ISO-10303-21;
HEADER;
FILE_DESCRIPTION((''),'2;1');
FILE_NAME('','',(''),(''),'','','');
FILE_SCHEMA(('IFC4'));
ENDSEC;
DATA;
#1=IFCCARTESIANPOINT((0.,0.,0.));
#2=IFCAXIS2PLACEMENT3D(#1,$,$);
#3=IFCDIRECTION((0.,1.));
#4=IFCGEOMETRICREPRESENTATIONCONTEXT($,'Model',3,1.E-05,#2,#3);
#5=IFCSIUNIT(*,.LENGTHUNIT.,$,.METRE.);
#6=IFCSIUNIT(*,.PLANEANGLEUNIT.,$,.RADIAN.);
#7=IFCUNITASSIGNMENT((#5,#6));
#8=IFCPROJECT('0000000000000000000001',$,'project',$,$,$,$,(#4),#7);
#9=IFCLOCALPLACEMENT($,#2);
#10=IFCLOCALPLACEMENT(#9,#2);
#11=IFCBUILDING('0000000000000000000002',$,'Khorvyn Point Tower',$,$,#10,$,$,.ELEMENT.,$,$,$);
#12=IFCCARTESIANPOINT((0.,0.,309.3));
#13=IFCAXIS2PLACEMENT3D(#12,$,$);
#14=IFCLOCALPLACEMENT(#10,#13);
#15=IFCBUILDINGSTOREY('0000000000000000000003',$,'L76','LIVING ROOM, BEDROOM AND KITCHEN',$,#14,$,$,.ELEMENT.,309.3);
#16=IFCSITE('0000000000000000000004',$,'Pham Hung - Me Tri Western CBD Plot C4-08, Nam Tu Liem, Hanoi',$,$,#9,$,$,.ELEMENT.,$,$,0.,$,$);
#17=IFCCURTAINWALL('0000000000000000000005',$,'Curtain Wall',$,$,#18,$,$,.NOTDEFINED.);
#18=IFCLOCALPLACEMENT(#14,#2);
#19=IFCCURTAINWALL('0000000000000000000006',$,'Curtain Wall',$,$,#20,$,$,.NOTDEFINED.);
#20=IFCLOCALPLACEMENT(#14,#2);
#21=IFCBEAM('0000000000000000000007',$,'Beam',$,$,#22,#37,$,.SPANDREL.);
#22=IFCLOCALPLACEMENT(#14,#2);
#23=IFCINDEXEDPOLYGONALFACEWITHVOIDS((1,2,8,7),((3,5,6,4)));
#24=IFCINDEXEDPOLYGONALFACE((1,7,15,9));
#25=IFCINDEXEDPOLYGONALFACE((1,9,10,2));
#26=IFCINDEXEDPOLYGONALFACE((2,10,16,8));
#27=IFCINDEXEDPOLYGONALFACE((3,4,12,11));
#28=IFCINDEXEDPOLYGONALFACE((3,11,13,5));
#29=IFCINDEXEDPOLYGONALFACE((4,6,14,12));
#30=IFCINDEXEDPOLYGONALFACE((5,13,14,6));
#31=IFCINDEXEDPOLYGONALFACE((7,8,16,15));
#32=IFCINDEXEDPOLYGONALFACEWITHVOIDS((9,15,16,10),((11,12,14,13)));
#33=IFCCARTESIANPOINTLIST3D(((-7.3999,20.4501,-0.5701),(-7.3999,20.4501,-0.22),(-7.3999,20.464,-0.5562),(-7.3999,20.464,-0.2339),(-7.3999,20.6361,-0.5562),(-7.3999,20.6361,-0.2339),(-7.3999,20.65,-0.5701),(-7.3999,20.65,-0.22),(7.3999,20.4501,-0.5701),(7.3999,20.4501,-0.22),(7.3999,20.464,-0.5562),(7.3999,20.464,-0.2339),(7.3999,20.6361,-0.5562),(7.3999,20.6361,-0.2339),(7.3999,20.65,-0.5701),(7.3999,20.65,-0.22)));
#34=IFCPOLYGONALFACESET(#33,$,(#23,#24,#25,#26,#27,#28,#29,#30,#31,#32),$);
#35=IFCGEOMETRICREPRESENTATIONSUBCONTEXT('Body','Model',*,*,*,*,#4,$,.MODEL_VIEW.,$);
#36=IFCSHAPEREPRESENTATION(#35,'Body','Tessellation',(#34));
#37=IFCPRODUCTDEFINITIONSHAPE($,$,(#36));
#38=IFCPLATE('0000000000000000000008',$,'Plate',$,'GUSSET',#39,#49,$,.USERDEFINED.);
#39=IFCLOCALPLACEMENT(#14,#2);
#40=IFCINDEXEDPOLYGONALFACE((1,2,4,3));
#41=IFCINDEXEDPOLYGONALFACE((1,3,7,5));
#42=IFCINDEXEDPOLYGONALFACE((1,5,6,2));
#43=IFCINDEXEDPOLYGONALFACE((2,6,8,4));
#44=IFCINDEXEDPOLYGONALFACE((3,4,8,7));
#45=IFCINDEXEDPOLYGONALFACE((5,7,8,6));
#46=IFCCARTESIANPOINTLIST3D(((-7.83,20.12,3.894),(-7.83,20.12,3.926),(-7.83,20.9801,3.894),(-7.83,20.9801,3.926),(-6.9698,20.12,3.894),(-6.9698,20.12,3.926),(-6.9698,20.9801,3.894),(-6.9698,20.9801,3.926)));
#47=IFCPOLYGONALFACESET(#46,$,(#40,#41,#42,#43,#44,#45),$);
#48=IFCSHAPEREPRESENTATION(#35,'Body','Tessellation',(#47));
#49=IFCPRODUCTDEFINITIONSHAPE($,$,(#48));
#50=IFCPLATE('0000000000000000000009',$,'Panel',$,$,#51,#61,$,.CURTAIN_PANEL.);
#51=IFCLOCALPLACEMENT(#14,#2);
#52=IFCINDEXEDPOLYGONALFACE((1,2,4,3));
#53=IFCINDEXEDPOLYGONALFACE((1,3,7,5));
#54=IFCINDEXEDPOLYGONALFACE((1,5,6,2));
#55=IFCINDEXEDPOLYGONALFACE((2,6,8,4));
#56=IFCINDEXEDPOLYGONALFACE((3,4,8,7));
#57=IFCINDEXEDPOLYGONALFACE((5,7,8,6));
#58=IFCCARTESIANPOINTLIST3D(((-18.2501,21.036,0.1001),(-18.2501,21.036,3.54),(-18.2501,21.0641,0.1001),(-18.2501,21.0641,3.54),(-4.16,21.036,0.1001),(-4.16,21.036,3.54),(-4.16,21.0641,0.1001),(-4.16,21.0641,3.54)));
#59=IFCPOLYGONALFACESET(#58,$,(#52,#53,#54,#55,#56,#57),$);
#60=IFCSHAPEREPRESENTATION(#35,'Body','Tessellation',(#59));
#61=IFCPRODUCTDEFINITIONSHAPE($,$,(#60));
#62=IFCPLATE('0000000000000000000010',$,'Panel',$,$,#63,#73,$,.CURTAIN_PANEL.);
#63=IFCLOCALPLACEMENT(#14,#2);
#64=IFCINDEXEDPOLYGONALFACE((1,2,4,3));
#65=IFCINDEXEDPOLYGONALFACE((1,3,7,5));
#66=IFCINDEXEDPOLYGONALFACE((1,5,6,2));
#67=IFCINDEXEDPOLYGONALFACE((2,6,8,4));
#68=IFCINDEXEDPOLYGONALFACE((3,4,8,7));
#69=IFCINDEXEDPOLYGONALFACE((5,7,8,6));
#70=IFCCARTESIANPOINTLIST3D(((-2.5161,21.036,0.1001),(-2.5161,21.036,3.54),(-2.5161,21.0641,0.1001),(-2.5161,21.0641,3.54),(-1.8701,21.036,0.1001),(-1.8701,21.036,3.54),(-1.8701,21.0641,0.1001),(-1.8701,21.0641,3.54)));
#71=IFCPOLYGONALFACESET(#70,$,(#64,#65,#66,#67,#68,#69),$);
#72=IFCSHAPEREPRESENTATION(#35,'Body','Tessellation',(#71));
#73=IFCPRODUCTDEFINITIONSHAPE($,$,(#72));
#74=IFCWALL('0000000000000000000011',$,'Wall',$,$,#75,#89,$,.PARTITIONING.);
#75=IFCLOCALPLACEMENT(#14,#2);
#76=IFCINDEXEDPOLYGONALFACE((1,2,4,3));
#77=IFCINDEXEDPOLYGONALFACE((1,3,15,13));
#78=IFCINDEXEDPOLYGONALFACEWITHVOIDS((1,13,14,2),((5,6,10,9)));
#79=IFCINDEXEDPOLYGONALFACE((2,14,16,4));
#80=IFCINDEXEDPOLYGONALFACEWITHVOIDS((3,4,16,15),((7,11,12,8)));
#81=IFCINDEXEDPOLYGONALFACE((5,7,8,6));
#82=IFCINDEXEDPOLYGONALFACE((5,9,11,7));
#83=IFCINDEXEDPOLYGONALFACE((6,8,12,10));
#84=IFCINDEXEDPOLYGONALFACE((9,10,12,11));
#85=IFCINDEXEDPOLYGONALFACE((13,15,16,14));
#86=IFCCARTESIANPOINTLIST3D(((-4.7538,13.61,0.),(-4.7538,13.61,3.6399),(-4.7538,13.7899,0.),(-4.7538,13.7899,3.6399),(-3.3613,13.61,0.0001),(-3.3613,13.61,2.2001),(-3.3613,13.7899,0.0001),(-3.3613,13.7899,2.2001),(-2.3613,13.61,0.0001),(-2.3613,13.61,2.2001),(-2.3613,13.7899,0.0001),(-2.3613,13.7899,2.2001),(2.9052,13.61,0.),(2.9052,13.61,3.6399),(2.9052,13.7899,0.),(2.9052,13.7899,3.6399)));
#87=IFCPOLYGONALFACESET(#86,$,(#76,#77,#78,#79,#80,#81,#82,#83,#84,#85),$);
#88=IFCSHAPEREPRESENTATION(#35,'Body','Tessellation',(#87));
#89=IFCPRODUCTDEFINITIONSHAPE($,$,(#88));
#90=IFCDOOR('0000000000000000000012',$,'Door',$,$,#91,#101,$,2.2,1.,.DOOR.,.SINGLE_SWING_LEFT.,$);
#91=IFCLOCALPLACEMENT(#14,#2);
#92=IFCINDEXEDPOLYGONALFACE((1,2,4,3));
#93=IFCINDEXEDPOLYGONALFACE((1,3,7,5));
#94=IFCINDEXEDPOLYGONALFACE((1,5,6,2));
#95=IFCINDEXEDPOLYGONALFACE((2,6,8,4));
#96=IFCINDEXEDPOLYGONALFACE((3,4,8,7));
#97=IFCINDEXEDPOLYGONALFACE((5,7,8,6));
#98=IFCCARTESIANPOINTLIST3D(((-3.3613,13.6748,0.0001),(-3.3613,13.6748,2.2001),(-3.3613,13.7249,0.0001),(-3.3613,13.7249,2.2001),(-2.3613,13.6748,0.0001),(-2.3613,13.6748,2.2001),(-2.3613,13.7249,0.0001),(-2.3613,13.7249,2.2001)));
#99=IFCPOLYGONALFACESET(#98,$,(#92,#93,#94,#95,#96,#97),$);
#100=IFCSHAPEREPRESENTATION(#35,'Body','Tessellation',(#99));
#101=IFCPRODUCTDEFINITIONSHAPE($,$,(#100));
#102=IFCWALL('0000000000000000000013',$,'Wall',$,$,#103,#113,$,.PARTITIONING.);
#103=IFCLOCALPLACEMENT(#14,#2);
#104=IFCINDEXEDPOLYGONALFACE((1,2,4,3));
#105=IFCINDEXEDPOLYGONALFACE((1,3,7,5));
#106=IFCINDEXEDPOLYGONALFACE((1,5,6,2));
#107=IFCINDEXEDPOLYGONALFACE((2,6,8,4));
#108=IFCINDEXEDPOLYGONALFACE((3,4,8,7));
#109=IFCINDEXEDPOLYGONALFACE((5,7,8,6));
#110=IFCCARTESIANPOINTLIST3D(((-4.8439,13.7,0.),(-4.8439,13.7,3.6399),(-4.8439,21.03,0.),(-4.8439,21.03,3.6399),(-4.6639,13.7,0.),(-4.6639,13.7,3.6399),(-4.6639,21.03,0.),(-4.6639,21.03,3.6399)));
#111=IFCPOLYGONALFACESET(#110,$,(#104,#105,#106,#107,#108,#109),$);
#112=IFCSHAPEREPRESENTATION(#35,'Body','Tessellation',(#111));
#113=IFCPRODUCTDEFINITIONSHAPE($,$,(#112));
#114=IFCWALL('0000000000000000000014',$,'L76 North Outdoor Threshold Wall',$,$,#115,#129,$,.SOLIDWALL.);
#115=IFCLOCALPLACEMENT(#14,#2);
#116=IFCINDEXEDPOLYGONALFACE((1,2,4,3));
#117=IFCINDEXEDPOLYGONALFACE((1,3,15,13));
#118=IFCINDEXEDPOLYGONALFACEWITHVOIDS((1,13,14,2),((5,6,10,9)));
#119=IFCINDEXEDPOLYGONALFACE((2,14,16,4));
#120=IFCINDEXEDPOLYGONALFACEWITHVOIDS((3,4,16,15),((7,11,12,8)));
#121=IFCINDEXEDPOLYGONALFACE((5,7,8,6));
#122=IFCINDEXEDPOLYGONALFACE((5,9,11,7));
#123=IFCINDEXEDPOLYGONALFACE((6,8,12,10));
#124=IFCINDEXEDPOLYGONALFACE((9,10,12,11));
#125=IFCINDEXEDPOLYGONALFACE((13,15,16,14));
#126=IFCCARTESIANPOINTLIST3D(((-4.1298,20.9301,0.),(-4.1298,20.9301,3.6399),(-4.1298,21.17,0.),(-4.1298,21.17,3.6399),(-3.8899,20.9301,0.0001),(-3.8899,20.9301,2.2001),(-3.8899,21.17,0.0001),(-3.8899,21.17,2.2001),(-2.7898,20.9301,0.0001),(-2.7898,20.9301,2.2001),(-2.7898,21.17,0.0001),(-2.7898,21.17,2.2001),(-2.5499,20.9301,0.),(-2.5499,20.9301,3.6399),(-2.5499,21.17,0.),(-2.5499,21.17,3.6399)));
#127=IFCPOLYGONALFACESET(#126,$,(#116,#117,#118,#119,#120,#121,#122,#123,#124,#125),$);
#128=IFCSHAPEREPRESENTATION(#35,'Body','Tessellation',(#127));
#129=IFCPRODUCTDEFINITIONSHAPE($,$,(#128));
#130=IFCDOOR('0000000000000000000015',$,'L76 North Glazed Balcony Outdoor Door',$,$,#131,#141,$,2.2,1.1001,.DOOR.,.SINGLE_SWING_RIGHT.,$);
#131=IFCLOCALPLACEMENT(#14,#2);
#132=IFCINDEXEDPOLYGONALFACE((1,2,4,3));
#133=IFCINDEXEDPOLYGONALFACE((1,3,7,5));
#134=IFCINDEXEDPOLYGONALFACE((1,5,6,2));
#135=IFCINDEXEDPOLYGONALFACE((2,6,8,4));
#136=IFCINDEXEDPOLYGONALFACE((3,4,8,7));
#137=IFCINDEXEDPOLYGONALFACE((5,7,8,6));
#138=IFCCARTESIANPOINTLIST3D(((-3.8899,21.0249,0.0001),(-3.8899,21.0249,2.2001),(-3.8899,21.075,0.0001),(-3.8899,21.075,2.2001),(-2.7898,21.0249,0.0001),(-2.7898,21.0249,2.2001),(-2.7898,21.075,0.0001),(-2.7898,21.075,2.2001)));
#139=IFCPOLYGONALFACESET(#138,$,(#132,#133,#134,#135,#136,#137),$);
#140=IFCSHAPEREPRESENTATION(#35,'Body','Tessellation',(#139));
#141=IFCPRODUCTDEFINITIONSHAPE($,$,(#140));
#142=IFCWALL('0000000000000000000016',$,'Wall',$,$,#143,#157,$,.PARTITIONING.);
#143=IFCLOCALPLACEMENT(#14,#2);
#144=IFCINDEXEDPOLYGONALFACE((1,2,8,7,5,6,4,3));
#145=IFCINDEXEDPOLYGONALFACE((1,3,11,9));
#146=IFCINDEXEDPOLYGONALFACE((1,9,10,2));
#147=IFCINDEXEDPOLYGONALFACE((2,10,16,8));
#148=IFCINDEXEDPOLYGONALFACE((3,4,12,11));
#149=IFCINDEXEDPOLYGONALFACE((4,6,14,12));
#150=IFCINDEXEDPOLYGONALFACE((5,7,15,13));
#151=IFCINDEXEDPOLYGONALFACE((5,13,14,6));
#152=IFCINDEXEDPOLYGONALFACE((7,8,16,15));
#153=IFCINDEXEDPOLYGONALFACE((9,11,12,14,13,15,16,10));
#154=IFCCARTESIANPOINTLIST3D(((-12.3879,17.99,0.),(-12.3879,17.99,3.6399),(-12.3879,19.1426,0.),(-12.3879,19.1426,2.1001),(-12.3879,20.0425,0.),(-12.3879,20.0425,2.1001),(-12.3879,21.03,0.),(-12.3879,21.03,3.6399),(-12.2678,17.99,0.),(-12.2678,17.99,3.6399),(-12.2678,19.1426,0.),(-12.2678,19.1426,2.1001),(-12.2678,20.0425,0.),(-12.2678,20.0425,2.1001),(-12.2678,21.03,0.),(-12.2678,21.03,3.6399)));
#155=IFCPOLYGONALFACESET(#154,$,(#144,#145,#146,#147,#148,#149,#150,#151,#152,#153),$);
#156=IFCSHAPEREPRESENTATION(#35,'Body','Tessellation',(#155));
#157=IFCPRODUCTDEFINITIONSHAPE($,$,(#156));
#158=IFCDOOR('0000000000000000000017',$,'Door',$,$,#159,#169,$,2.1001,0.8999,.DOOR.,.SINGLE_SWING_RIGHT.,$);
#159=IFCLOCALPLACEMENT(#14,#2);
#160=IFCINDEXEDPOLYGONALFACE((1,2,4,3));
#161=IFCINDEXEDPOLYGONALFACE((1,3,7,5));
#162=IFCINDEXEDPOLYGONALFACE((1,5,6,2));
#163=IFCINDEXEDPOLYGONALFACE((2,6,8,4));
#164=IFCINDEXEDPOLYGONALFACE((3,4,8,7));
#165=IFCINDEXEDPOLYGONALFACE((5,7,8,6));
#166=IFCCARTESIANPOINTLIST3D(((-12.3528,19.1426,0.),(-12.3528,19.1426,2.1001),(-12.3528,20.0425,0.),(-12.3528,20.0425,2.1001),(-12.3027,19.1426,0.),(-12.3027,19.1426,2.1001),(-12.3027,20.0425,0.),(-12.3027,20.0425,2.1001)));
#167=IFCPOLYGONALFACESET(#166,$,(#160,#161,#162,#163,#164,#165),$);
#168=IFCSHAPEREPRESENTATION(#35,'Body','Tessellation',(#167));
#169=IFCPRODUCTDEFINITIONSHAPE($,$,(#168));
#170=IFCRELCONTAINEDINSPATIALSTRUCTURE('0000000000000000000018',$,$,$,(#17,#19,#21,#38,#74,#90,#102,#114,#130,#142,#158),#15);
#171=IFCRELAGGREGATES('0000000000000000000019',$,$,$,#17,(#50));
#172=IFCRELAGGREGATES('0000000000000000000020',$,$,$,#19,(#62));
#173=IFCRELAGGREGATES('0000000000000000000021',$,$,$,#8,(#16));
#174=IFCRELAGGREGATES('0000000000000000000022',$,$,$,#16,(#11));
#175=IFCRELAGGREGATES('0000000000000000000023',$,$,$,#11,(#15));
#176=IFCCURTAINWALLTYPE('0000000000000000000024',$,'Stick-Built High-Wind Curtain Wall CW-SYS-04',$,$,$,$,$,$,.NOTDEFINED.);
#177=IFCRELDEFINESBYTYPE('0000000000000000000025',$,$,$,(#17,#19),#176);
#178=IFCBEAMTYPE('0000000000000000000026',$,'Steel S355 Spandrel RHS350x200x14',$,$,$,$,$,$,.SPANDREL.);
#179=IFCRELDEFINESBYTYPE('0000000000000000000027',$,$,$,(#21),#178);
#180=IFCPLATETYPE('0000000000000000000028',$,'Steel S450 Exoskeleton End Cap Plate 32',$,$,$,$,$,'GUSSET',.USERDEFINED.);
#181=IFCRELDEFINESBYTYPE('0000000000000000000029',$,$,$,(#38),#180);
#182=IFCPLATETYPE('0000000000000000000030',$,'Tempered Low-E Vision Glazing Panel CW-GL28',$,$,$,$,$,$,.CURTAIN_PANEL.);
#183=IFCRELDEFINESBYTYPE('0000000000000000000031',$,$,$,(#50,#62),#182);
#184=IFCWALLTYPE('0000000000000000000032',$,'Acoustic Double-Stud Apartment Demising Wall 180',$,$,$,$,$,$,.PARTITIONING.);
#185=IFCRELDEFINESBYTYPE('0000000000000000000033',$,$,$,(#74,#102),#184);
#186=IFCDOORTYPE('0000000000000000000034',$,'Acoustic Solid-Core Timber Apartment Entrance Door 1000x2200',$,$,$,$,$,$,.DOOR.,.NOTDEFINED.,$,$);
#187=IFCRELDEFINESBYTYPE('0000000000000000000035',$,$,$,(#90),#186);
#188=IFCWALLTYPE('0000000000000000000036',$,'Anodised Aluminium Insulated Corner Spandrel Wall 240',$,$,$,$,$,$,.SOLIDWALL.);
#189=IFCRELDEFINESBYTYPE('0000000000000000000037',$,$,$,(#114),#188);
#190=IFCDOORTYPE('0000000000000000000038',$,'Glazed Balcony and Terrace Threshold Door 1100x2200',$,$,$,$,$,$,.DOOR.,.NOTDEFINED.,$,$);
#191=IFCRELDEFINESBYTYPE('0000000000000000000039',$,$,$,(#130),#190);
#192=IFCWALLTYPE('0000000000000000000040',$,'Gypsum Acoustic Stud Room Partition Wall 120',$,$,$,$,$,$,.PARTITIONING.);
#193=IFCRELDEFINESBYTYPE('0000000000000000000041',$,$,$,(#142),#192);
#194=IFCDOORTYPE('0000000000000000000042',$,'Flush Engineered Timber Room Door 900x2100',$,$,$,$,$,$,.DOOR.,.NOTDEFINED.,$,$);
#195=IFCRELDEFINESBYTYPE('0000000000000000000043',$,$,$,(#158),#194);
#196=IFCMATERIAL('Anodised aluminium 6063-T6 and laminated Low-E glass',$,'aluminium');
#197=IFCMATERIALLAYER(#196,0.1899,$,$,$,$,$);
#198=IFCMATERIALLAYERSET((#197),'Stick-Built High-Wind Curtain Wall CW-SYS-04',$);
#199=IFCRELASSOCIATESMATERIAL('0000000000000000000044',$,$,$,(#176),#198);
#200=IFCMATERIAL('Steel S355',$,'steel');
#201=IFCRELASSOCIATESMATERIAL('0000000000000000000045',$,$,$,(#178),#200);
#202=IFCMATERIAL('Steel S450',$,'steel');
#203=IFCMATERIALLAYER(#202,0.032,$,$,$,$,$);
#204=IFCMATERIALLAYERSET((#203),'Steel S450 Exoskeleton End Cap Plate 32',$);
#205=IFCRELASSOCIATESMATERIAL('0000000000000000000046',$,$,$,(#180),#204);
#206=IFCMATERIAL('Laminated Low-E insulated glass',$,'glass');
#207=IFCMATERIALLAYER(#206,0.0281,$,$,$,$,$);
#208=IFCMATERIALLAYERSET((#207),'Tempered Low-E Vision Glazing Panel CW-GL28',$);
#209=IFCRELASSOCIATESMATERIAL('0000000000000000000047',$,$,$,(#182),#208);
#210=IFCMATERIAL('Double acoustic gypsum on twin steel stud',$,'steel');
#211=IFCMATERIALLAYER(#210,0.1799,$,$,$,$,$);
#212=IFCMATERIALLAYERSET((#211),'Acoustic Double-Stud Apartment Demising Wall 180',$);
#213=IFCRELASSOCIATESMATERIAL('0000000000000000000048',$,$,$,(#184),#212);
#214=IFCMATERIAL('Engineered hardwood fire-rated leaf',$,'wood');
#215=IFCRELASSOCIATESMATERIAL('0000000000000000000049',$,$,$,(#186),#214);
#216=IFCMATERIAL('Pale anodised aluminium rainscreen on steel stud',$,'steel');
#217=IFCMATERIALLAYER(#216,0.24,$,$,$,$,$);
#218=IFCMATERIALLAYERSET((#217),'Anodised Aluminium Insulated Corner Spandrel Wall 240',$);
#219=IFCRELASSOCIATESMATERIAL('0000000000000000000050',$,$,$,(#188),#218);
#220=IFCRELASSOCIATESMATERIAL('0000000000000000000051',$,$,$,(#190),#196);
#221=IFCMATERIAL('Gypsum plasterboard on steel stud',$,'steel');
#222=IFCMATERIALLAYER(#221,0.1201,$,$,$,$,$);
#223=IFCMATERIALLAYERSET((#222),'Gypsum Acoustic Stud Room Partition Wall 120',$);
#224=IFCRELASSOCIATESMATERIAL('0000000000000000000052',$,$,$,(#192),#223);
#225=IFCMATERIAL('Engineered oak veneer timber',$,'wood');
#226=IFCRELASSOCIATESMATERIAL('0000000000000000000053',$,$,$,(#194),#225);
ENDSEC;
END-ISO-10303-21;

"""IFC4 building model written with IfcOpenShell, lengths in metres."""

from ifc_helpers import new_model, si_unit, direction, frame, frame_2d, origin, origin_2d, place, context, subcontext, project, spatial, rectangle, hollow_rectangle, extrude, material, layer, layer_set, material_profile, profile_set, type_object, element, fill, aggregate, save


model = new_model("IFC4")

# Units and contexts
model_context = context("Model", 3, precision=1e-05, world=origin(), true_north=direction((0.0, 1.0)))
body_context = subcontext(model_context, "Body", "Model", "MODEL_VIEW")
ifc_project = project(units=[si_unit("LENGTHUNIT", "METRE"), si_unit("PLANEANGLEUNIT", "RADIAN")], contexts=[model_context])

# Site, building, storey
site_placement = place(None, origin())
site = spatial("IfcSite", under=ifc_project, at=site_placement, Name="Pham Hung - Me Tri Western CBD Plot C4-08, Nam Tu Liem, Hanoi", CompositionType="ELEMENT", RefElevation=0.0)
building_placement = place(site_placement, origin())
building = spatial("IfcBuilding", under=site, at=building_placement, Name="Khorvyn Point Tower", CompositionType="ELEMENT")
storey_placement = place(building_placement, frame((0.0, 0.0, 309.3)))
storey = spatial("IfcBuildingStorey", under=building, at=storey_placement, Name="L76", Description="LIVING ROOM, BEDROOM AND KITCHEN", CompositionType="ELEMENT", Elevation=309.3)

# Shared definitions
ifc_material_1 = material(Name="Steel S355", Category="steel")

# Curtain wall
ifc_material_2 = material(Name="Anodised aluminium 6063-T6 and laminated Low-E glass", Category="aluminium")
ifc_layer_1 = layer(ifc_material_2, 0.1899)
ifc_layer_set_1 = layer_set([ifc_layer_1], Name="Stick-Built High-Wind Curtain Wall CW-SYS-04")
curtain_wall_type = type_object("IfcCurtainWallType", Name="Stick-Built High-Wind Curtain Wall CW-SYS-04", PredefinedType="NOTDEFINED", material=ifc_layer_set_1)
curtain_wall_1_placement = place(storey_placement, origin())
curtain_wall_1 = element("IfcCurtainWall", 1, at=curtain_wall_1_placement, inside=storey, type_object=curtain_wall_type, Name="Curtain Wall", PredefinedType="NOTDEFINED")

# Curtain wall
curtain_wall_2_placement = place(storey_placement, origin())
curtain_wall_2 = element("IfcCurtainWall", 2, at=curtain_wall_2_placement, inside=storey, type_object=curtain_wall_type, Name="Curtain Wall", PredefinedType="NOTDEFINED")

# Beam
ifc_material_profile_1 = material_profile(ifc_material_1, hollow_rectangle(XDim=0.2, YDim=0.3501, WallThickness=0.0139, at=origin_2d()))
ifc_profile_set_1 = profile_set([ifc_material_profile_1], Name="Steel S355 RHS350x200x14")
beam_type_1 = type_object("IfcBeamType", Name="Steel S355 Spandrel RHS350x200x14", PredefinedType="SPANDREL", material=ifc_profile_set_1)
beam_1_placement = place(storey_placement, frame((-7.3999, 20.55, -0.395), z_axis=(1.0, 0.0, 0.0), x_axis=(0.0, 1.0, 0.0)))
element("IfcBeam", 3, at=beam_1_placement, inside=storey, type_object=beam_type_1, Name="Beam", PredefinedType="SPANDREL", context=body_context, shape_type="SweptSolid", body=[
    extrude(hollow_rectangle(XDim=0.2, YDim=0.3501, WallThickness=0.0139, at=origin_2d()), origin(), (0.0, 0.0, 1.0), 14.7998),
])

# Plates
ifc_material_3 = material(Name="Steel S450", Category="steel")
ifc_layer_2 = layer(ifc_material_3, 0.032)
ifc_layer_set_2 = layer_set([ifc_layer_2], Name="Steel S450 Exoskeleton End Cap Plate 32")
plate_type_1 = type_object("IfcPlateType", Name="Steel S450 Exoskeleton End Cap Plate 32", ElementType="GUSSET", PredefinedType="USERDEFINED", material=ifc_layer_set_2)
plate_1_placement = place(storey_placement, frame((-7.3999, 20.55, 3.894), z_axis=(0.0, 0.0, 1.0), x_axis=(1.0, 0.0, 0.0)))
element("IfcPlate", 4, at=plate_1_placement, inside=storey, type_object=plate_type_1, Name="Plate", ObjectType="GUSSET", PredefinedType="USERDEFINED", context=body_context, shape_type="SweptSolid", body=[
    extrude(rectangle(XDim=0.8601, YDim=0.8601, at=origin_2d()), origin(), (0.0, 0.0, 1.0), 0.032),
])
ifc_material_4 = material(Name="Laminated Low-E insulated glass", Category="glass")
ifc_layer_3 = layer(ifc_material_4, 0.0281)
ifc_layer_set_3 = layer_set([ifc_layer_3], Name="Tempered Low-E Vision Glazing Panel CW-GL28")
plate_type_2 = type_object("IfcPlateType", Name="Tempered Low-E Vision Glazing Panel CW-GL28", PredefinedType="CURTAIN_PANEL", material=ifc_layer_set_3)
plate_2_placement = place(storey_placement, frame((-11.2051, 21.05, 0.1001), z_axis=(0.0, 0.0, 1.0), x_axis=(1.0, 0.0, 0.0)))
plate_2 = element("IfcPlate", 5, at=plate_2_placement, type_object=plate_type_2, Name="Panel", PredefinedType="CURTAIN_PANEL", context=body_context, shape_type="SweptSolid", body=[
    extrude(rectangle(XDim=14.0901, YDim=0.0281, at=origin_2d()), origin(), (0.0, 0.0, 1.0), 3.4399),
])
aggregate(curtain_wall_1, [plate_2])
plate_3_placement = place(storey_placement, frame((-2.1931, 21.05, 0.1001), z_axis=(0.0, 0.0, 1.0), x_axis=(1.0, 0.0, 0.0)))
plate_3 = element("IfcPlate", 6, at=plate_3_placement, type_object=plate_type_2, Name="Panel", PredefinedType="CURTAIN_PANEL", context=body_context, shape_type="SweptSolid", body=[
    extrude(rectangle(XDim=0.646, YDim=0.0281, at=origin_2d()), origin(), (0.0, 0.0, 1.0), 3.4399),
])
aggregate(curtain_wall_2, [plate_3])

# Wall, opening, door
ifc_material_5 = material(Name="Double acoustic gypsum on twin steel stud", Category="steel")
ifc_layer_4 = layer(ifc_material_5, 0.1799)
ifc_layer_set_4 = layer_set([ifc_layer_4], Name="Acoustic Double-Stud Apartment Demising Wall 180")
wall_type_1 = type_object("IfcWallType", Name="Acoustic Double-Stud Apartment Demising Wall 180", PredefinedType="PARTITIONING", material=ifc_layer_set_4)
wall_1_placement = place(storey_placement, frame((-4.7539, 13.7, 0.0), z_axis=(0.0, 0.0, 1.0), x_axis=(1.0, 0.0, 0.0)))
wall_1 = element("IfcWall", 7, at=wall_1_placement, inside=storey, type_object=wall_type_1, Name="Wall", PredefinedType="PARTITIONING", context=body_context, shape_type="SweptSolid", body=[
    extrude(rectangle(XDim=7.6589, YDim=0.1799, at=frame_2d((3.8296, 0.0))), origin(), (0.0, 0.0, 1.0), 3.6399),
])
opening_1_placement = place(wall_1_placement, frame((1.3926, 0.0, 0.0)))
opening_1 = element("IfcOpeningElement", 8, at=opening_1_placement, cuts=wall_1, PredefinedType="OPENING", context=body_context, shape_type="SweptSolid", body=[
    extrude(rectangle(XDim=1.0, YDim=2.2, at=frame_2d((0.5, 1.1001))), frame((0.0, 0.0999, 0.0), z_axis=(0.0, -1.0, 0.0), x_axis=(1.0, 0.0, 0.0)), (0.0, 0.0, 1.0), 0.2),
])
ifc_material_6 = material(Name="Engineered hardwood fire-rated leaf", Category="wood")
door_type_1 = type_object("IfcDoorType", Name="Acoustic Solid-Core Timber Apartment Entrance Door 1000x2200", OperationType="NOTDEFINED", PredefinedType="DOOR", material=ifc_material_6)
door_1_placement = place(opening_1_placement, origin())
door_1 = element("IfcDoor", 9, at=door_1_placement, inside=storey, type_object=door_type_1, Name="Door", OperationType="SINGLE_SWING_LEFT", OverallHeight=2.2, OverallWidth=1.0, PredefinedType="DOOR", context=body_context, shape_type="SweptSolid", body=[
    extrude(rectangle(XDim=1.0, YDim=2.2, at=frame_2d((0.5, 1.1001))), frame((0.0, 0.0249, 0.0), z_axis=(0.0, -1.0, 0.0), x_axis=(1.0, 0.0, 0.0)), (0.0, 0.0, 1.0), 0.05),
])
fill(opening_1, door_1)

# Wall
wall_2_placement = place(storey_placement, frame((-4.7539, 13.7, 0.0), z_axis=(0.0, 0.0, 1.0), x_axis=(0.0, 1.0, 0.0)))
element("IfcWall", 10, at=wall_2_placement, inside=storey, type_object=wall_type_1, Name="Wall", PredefinedType="PARTITIONING", context=body_context, shape_type="SweptSolid", body=[
    extrude(rectangle(XDim=7.3301, YDim=0.1799, at=frame_2d((3.665, 0.0))), origin(), (0.0, 0.0, 1.0), 3.6399),
])

# Walls, openings, doors
ifc_material_7 = material(Name="Pale anodised aluminium rainscreen on steel stud", Category="steel")
ifc_layer_5 = layer(ifc_material_7, 0.24)
ifc_layer_set_5 = layer_set([ifc_layer_5], Name="Anodised Aluminium Insulated Corner Spandrel Wall 240")
wall_type_2 = type_object("IfcWallType", Name="Anodised Aluminium Insulated Corner Spandrel Wall 240", PredefinedType="SOLIDWALL", material=ifc_layer_set_5)
wall_3_placement = place(storey_placement, frame((-4.1299, 21.05, 0.0), z_axis=(0.0, 0.0, 1.0), x_axis=(1.0, 0.0, 0.0)))
wall_3 = element("IfcWall", 11, at=wall_3_placement, inside=storey, type_object=wall_type_2, Name="L76 North Outdoor Threshold Wall", PredefinedType="SOLIDWALL", context=body_context, shape_type="SweptSolid", body=[
    extrude(rectangle(XDim=1.5798, YDim=0.24, at=frame_2d((0.79, 0.0))), origin(), (0.0, 0.0, 1.0), 3.6399),
])
opening_2_placement = place(wall_3_placement, frame((0.24, 0.0, 0.0)))
opening_2 = element("IfcOpeningElement", 12, at=opening_2_placement, cuts=wall_3, PredefinedType="OPENING", context=body_context, shape_type="SweptSolid", body=[
    extrude(rectangle(XDim=1.1001, YDim=2.2, at=frame_2d((0.55, 1.1001))), frame((0.0, 0.1299, 0.0), z_axis=(0.0, -1.0, 0.0), x_axis=(1.0, 0.0, 0.0)), (0.0, 0.0, 1.0), 0.26),
])
door_type_2 = type_object("IfcDoorType", Name="Glazed Balcony and Terrace Threshold Door 1100x2200", OperationType="NOTDEFINED", PredefinedType="DOOR", material=ifc_material_2)
door_2_placement = place(opening_2_placement, origin())
door_2 = element("IfcDoor", 13, at=door_2_placement, inside=storey, type_object=door_type_2, Name="L76 North Glazed Balcony Outdoor Door", OperationType="SINGLE_SWING_RIGHT", OverallHeight=2.2, OverallWidth=1.1001, PredefinedType="DOOR", context=body_context, shape_type="SweptSolid", body=[
    extrude(rectangle(XDim=1.1001, YDim=2.2, at=frame_2d((0.55, 1.1001))), frame((0.0, 0.0249, 0.0), z_axis=(0.0, -1.0, 0.0), x_axis=(1.0, 0.0, 0.0)), (0.0, 0.0, 1.0), 0.05),
])
fill(opening_2, door_2)
ifc_material_8 = material(Name="Gypsum plasterboard on steel stud", Category="steel")
ifc_layer_6 = layer(ifc_material_8, 0.1201)
ifc_layer_set_6 = layer_set([ifc_layer_6], Name="Gypsum Acoustic Stud Room Partition Wall 120")
wall_type_3 = type_object("IfcWallType", Name="Gypsum Acoustic Stud Room Partition Wall 120", PredefinedType="PARTITIONING", material=ifc_layer_set_6)
wall_4_placement = place(storey_placement, frame((-12.3279, 17.99, 0.0), z_axis=(0.0, 0.0, 1.0), x_axis=(0.0, 1.0, 0.0)))
wall_4 = element("IfcWall", 14, at=wall_4_placement, inside=storey, type_object=wall_type_3, Name="Wall", PredefinedType="PARTITIONING", context=body_context, shape_type="SweptSolid", body=[
    extrude(rectangle(XDim=3.04, YDim=0.1201, at=frame_2d((1.52, 0.0))), origin(), (0.0, 0.0, 1.0), 3.6399),
])
opening_3_placement = place(wall_4_placement, frame((1.1526, 0.0, 0.0)))
opening_3 = element("IfcOpeningElement", 15, at=opening_3_placement, cuts=wall_4, PredefinedType="OPENING", context=body_context, shape_type="SweptSolid", body=[
    extrude(rectangle(XDim=0.8999, YDim=2.1001, at=frame_2d((0.45, 1.05))), frame((0.0, 0.0701, 0.0), z_axis=(0.0, -1.0, 0.0), x_axis=(1.0, 0.0, 0.0)), (0.0, 0.0, 1.0), 0.1401),
])
ifc_material_9 = material(Name="Engineered oak veneer timber", Category="wood")
door_type_3 = type_object("IfcDoorType", Name="Flush Engineered Timber Room Door 900x2100", OperationType="NOTDEFINED", PredefinedType="DOOR", material=ifc_material_9)
door_3_placement = place(opening_3_placement, origin())
door_3 = element("IfcDoor", 16, at=door_3_placement, inside=storey, type_object=door_type_3, Name="Door", OperationType="SINGLE_SWING_RIGHT", OverallHeight=2.1001, OverallWidth=0.8999, PredefinedType="DOOR", context=body_context, shape_type="SweptSolid", body=[
    extrude(rectangle(XDim=0.8999, YDim=2.1001, at=frame_2d((0.45, 1.05))), frame((0.0, 0.0249, 0.0), z_axis=(0.0, -1.0, 0.0), x_axis=(1.0, 0.0, 0.0)), (0.0, 0.0, 1.0), 0.05),
])
fill(opening_3, door_3)

save(model, "model.ifc")
